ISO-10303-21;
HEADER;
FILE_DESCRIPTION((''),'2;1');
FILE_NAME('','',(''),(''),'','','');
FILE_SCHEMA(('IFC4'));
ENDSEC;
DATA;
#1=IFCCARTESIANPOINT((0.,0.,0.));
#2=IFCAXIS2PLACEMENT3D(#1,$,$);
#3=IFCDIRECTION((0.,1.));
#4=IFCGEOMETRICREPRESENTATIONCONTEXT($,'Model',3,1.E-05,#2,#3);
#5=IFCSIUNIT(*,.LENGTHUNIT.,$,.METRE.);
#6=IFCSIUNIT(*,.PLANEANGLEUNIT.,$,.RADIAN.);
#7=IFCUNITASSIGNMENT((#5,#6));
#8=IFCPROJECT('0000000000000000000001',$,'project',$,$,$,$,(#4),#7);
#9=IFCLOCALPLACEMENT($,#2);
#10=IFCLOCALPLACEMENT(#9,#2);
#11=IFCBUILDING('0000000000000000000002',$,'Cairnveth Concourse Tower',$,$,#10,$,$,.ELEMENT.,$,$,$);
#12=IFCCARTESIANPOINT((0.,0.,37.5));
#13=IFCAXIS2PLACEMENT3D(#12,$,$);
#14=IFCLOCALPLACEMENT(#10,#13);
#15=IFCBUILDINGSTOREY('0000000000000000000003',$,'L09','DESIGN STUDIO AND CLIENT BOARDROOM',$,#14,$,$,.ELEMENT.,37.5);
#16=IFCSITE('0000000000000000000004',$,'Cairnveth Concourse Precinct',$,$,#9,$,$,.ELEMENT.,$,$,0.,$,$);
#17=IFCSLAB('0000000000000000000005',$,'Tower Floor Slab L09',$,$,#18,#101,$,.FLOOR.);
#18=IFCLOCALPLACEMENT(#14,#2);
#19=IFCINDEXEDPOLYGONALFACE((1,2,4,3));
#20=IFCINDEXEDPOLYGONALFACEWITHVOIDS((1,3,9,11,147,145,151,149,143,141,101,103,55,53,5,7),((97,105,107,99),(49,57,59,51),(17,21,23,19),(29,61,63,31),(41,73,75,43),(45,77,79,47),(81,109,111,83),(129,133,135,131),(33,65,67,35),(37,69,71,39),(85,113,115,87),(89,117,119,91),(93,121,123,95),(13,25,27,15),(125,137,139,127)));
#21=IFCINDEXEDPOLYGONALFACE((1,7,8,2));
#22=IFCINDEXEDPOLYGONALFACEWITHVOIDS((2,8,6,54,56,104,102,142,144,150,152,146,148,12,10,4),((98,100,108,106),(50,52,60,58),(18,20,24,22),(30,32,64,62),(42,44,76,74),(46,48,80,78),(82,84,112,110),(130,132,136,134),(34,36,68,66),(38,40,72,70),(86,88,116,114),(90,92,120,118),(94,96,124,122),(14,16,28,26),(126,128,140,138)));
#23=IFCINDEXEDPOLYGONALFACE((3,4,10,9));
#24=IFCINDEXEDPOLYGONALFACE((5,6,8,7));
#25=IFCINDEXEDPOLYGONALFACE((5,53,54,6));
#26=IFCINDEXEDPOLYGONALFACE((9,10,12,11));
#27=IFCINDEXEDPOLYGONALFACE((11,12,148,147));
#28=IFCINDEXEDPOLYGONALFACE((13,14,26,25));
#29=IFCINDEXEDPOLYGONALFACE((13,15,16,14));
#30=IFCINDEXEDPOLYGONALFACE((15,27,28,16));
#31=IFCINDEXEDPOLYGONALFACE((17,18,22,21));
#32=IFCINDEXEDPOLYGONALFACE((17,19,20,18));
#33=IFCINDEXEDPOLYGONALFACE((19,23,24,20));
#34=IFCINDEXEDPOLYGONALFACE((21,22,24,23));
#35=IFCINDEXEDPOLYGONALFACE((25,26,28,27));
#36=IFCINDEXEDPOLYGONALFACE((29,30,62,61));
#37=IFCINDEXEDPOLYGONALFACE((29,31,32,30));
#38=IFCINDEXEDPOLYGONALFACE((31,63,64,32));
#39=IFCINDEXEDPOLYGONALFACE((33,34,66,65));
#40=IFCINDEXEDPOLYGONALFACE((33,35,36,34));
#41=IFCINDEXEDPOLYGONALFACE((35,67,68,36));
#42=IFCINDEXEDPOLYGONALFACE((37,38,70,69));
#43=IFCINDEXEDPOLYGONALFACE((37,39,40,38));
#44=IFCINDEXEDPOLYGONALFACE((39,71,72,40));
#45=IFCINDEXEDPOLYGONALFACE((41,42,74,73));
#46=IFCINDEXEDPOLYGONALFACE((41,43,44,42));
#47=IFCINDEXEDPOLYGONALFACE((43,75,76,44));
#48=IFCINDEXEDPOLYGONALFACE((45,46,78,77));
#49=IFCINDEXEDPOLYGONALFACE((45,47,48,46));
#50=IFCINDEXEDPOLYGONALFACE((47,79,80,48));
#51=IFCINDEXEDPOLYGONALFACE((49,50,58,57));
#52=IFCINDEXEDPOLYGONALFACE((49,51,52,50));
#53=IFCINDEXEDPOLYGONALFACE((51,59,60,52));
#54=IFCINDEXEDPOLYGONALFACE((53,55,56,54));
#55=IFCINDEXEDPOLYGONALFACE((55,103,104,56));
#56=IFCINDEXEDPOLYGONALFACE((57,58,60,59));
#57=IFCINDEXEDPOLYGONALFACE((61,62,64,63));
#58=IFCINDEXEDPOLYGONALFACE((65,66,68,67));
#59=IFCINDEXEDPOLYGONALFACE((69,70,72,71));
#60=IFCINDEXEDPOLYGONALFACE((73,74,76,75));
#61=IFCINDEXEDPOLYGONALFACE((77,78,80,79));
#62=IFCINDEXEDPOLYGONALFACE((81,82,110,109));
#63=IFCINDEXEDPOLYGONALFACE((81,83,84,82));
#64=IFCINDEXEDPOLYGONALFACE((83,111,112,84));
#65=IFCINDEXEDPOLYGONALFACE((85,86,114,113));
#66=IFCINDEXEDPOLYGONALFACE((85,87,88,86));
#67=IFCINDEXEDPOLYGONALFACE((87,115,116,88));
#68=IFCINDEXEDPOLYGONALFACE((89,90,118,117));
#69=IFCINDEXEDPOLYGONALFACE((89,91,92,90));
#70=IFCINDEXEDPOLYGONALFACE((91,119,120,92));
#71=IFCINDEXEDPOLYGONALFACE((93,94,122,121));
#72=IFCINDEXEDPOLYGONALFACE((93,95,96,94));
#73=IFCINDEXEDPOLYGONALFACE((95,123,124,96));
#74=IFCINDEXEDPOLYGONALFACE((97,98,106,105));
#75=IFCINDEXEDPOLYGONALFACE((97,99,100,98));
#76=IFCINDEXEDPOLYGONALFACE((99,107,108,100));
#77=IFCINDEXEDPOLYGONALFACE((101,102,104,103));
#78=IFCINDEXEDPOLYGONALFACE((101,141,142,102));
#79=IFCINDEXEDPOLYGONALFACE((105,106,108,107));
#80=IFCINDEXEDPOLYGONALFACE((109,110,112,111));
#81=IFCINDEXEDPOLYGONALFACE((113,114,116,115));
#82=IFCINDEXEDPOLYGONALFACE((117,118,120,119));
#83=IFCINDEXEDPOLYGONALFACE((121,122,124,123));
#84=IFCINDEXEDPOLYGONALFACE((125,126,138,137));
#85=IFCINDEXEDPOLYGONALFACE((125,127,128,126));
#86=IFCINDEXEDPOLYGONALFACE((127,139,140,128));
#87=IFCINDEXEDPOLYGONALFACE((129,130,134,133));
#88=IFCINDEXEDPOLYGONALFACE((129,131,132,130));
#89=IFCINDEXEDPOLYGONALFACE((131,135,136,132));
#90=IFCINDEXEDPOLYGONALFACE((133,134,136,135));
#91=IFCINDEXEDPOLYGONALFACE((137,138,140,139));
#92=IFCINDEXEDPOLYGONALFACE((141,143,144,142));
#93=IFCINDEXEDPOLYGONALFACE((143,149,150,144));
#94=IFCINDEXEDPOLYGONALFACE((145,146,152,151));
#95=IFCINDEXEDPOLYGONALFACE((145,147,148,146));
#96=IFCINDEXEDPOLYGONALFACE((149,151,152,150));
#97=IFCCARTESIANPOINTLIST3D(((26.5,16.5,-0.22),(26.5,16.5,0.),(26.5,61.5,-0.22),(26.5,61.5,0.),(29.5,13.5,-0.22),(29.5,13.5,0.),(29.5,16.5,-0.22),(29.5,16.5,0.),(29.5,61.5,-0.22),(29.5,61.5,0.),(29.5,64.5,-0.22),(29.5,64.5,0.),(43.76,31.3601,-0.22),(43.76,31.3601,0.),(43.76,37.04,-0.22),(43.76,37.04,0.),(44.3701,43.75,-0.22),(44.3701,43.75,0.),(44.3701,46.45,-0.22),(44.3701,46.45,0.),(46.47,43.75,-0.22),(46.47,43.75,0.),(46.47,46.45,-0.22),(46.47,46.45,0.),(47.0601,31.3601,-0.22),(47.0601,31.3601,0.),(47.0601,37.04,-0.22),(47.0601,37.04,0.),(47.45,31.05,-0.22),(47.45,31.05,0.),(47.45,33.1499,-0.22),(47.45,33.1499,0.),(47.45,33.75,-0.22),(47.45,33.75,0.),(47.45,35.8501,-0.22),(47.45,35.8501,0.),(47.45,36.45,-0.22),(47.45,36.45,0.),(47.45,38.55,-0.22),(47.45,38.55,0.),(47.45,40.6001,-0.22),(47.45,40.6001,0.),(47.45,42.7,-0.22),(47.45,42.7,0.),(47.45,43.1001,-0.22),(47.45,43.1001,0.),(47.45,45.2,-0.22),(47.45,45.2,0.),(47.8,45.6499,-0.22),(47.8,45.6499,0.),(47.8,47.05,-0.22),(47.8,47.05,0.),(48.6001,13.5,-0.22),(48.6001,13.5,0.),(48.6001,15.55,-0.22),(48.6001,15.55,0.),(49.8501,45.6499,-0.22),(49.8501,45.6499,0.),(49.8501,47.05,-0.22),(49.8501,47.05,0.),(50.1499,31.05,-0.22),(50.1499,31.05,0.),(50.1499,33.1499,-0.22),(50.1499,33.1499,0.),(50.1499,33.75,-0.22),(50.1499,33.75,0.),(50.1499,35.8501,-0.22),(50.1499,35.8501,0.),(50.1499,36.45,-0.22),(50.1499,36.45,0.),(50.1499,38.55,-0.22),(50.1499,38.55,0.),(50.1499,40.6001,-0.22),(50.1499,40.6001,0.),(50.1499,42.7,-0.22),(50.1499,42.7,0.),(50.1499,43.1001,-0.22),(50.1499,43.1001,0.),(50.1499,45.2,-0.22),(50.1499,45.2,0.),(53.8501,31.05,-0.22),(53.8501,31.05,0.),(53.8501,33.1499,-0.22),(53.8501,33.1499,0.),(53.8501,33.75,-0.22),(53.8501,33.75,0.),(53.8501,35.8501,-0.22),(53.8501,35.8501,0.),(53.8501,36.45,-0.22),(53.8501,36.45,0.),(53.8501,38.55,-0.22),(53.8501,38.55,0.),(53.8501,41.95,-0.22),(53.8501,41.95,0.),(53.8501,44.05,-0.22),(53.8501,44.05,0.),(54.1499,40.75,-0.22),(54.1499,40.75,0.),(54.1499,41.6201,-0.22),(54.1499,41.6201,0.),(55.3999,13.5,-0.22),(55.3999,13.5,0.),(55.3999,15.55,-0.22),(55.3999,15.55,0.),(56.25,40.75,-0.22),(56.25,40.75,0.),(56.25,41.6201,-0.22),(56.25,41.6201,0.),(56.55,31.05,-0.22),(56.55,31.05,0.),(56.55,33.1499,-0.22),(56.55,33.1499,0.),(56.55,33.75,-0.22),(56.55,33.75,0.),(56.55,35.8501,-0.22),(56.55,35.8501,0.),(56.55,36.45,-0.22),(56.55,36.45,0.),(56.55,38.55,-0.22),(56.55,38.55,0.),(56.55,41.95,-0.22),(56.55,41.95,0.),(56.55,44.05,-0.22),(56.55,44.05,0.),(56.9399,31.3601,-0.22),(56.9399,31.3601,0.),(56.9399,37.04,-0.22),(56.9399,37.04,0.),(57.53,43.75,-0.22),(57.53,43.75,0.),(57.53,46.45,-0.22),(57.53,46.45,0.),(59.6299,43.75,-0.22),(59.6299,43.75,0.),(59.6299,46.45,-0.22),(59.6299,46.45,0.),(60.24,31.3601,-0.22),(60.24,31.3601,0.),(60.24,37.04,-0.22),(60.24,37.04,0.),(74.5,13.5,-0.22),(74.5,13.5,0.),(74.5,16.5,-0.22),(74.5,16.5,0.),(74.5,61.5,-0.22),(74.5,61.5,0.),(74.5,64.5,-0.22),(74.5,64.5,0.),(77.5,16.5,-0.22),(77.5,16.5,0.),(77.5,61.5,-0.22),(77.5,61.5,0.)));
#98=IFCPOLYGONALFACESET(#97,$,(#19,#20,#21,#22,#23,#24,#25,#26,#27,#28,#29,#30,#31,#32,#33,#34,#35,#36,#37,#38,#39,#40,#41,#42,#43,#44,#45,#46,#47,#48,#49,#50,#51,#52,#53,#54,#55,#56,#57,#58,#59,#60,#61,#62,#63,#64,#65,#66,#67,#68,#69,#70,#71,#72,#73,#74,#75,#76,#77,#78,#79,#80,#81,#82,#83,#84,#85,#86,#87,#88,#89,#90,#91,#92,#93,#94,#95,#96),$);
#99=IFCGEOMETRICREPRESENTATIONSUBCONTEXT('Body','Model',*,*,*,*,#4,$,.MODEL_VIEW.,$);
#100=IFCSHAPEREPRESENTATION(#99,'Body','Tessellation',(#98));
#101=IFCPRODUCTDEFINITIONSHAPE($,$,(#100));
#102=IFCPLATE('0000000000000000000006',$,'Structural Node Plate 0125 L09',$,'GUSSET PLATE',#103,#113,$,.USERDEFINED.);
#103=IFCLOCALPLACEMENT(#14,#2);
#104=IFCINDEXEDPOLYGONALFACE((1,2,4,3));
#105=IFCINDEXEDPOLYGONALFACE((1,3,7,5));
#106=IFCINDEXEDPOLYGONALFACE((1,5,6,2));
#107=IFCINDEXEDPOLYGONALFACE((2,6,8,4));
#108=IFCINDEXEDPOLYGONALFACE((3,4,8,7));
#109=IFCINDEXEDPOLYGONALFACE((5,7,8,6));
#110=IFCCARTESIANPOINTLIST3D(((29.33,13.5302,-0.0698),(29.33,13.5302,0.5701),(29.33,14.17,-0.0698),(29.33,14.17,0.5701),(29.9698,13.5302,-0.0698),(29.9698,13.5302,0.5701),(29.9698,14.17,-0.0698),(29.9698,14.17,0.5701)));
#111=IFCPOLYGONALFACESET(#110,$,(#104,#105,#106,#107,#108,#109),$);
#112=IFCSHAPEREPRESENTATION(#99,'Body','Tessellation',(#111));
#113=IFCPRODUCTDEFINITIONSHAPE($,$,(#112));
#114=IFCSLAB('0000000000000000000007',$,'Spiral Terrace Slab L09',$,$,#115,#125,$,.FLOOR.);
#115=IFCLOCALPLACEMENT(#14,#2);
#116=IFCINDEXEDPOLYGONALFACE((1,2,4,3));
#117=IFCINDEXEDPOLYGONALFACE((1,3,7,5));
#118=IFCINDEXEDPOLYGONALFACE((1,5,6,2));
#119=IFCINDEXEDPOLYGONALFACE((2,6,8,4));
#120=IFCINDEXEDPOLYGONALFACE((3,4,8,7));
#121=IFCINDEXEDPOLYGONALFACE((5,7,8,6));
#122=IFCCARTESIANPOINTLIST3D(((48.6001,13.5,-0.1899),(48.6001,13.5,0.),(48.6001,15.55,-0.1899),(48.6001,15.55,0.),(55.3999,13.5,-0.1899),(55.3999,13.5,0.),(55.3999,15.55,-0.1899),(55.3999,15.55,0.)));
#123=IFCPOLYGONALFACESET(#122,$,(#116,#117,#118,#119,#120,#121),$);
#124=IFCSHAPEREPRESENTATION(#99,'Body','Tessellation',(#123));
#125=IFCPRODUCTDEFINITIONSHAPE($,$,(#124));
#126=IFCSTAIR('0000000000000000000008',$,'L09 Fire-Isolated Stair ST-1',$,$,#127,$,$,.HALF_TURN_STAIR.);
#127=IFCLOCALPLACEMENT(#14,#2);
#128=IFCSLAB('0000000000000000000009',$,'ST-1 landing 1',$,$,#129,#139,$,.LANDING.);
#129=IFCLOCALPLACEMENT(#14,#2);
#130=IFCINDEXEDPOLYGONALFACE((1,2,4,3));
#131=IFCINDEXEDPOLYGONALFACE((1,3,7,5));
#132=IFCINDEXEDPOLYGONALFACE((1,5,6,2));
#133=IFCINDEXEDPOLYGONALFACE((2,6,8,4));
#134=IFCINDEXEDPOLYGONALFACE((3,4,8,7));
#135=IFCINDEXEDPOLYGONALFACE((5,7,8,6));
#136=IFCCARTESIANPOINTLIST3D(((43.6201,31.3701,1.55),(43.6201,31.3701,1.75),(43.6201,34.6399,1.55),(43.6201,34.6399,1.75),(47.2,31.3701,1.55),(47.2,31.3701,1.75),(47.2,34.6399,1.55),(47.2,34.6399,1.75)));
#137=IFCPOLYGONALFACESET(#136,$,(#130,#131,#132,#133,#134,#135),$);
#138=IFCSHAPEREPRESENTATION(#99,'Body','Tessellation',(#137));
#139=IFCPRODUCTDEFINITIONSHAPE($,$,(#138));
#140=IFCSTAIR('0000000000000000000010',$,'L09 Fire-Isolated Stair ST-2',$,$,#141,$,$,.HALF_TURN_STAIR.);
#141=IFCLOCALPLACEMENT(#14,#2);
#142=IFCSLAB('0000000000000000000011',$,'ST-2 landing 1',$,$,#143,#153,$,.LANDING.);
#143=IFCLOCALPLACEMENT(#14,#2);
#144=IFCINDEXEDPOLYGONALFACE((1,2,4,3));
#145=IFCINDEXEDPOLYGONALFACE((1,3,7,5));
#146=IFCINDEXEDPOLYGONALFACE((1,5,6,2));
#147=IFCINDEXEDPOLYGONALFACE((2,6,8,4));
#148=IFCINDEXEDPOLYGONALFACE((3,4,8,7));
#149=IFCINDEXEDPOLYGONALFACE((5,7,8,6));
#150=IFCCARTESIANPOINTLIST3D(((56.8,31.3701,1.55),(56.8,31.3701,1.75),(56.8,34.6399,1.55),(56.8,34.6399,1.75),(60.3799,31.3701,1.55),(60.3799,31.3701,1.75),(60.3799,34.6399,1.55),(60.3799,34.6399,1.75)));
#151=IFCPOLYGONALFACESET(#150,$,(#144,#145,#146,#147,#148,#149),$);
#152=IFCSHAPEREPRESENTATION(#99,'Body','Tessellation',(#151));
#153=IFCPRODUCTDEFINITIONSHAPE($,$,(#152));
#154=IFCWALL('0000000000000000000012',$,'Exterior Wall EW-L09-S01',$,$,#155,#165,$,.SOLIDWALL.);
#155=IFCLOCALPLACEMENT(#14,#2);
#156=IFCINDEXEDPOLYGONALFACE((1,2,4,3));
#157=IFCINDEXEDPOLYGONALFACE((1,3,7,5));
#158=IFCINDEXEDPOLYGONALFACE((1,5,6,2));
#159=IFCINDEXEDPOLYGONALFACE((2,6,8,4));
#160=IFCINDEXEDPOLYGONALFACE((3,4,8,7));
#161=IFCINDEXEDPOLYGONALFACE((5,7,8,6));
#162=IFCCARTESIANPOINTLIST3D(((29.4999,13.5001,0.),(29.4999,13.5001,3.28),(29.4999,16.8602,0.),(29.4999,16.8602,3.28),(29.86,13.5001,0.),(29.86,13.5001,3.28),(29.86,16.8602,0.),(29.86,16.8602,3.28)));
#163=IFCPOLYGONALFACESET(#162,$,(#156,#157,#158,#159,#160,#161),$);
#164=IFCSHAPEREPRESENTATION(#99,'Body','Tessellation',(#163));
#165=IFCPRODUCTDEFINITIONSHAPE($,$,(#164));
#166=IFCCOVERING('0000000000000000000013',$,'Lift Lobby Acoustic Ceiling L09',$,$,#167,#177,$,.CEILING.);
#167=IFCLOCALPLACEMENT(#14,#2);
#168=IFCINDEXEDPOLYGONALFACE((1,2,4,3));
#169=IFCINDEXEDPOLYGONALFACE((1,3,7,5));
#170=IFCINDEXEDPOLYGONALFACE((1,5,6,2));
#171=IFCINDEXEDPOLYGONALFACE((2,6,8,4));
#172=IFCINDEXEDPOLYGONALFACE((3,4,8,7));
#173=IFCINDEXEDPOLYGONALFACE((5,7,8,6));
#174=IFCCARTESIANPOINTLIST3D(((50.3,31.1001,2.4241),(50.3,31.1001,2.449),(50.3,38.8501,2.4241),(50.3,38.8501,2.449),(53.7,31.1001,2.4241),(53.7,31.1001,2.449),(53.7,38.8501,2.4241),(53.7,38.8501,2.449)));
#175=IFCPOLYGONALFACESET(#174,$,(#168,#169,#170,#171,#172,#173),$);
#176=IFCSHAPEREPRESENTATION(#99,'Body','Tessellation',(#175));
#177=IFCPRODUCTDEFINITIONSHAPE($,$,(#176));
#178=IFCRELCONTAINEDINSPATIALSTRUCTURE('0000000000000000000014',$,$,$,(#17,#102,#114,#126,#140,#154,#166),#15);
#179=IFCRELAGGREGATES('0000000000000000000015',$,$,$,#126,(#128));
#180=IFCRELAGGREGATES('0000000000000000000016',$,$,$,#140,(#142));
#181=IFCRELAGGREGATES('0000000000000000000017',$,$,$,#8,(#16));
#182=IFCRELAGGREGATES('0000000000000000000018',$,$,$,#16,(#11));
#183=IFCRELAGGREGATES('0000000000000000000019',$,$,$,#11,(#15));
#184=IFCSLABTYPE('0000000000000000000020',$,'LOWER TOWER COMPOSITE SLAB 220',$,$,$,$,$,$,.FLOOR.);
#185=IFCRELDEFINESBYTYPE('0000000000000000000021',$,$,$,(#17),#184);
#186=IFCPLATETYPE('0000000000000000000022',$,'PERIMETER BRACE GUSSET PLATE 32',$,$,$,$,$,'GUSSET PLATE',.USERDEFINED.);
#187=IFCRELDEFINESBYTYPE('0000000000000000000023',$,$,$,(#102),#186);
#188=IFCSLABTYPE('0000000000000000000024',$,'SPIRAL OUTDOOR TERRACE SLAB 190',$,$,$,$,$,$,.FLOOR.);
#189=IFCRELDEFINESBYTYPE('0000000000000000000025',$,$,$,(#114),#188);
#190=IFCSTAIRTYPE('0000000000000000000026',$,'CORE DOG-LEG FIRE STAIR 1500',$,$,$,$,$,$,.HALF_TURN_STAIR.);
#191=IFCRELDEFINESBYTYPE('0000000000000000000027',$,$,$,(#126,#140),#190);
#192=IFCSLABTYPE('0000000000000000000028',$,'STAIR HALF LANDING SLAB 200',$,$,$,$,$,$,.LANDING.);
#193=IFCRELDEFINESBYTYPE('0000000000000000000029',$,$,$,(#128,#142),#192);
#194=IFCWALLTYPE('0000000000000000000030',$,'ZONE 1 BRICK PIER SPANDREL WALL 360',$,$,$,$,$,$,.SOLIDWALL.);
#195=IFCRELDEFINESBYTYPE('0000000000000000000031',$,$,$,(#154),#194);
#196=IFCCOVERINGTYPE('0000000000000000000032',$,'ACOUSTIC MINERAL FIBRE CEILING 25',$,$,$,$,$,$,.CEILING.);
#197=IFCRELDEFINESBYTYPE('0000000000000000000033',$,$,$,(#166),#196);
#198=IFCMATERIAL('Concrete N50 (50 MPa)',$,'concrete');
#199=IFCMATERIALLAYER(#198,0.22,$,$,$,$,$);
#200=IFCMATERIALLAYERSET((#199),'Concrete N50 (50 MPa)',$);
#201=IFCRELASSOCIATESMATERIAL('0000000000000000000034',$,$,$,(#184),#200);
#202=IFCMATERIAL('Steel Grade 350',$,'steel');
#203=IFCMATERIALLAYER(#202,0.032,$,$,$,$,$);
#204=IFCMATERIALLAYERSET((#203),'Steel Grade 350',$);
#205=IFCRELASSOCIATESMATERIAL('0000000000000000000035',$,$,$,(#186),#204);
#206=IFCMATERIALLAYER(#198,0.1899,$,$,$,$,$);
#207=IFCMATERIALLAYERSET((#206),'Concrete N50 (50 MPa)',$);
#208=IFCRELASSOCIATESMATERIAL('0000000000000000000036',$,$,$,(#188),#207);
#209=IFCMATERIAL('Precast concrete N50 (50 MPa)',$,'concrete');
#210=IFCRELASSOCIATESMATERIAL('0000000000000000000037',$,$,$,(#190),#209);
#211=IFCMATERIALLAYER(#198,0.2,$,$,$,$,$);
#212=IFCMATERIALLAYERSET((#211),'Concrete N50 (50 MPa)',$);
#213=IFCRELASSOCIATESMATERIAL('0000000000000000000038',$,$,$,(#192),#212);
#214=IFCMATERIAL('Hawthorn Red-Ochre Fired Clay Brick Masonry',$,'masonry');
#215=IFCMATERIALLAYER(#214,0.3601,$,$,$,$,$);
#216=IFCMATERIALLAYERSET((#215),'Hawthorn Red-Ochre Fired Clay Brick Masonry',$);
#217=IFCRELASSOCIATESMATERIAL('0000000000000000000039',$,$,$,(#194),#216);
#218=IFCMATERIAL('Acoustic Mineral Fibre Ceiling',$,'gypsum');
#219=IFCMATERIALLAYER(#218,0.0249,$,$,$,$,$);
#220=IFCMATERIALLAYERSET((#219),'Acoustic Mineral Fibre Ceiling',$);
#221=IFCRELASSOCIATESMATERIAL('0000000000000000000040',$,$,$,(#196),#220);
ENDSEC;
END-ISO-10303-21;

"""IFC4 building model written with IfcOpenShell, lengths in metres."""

from ifc_helpers import new_model, si_unit, direction, frame, frame_2d, origin, origin_2d, place, context, subcontext, project, spatial, polyline, rectangle, outline, extrude, material, layer, layer_set, type_object, element, aggregate, save


model = new_model("IFC4")

# Units and contexts
model_context = context("Model", 3, precision=1e-05, world=origin(), true_north=direction((0.0, 1.0)))
body_context = subcontext(model_context, "Body", "Model", "MODEL_VIEW")
ifc_project = project(units=[si_unit("LENGTHUNIT", "METRE"), si_unit("PLANEANGLEUNIT", "RADIAN")], contexts=[model_context])

# Site, building, storey
site_placement = place(None, origin())
site = spatial("IfcSite", under=ifc_project, at=site_placement, Name="Cairnveth Concourse Precinct", CompositionType="ELEMENT", RefElevation=0.0)
building_placement = place(site_placement, origin())
building = spatial("IfcBuilding", under=site, at=building_placement, Name="Cairnveth Concourse Tower", CompositionType="ELEMENT")
storey_placement = place(building_placement, frame((0.0, 0.0, 37.5)))
storey = spatial("IfcBuildingStorey", under=building, at=storey_placement, Name="L09", Description="DESIGN STUDIO AND CLIENT BOARDROOM", CompositionType="ELEMENT", Elevation=37.5)

# Shared definitions
ifc_material_1 = material(Name="Steel Grade 350", Category="steel")

# Slab
ifc_material_2 = material(Name="Concrete N50 (50 MPa)", Category="concrete")
ifc_layer_1 = layer(ifc_material_2, 0.22)
ifc_layer_set_1 = layer_set([ifc_layer_1], Name="Concrete N50 (50 MPa)")
slab_type_1 = type_object("IfcSlabType", Name="LOWER TOWER COMPOSITE SLAB 220", PredefinedType="FLOOR", material=ifc_layer_set_1)
slab_1_placement = place(storey_placement, frame((0.0, 0.0, -0.22)))
element("IfcSlab", 1, at=slab_1_placement, inside=storey, type_object=slab_type_1, Name="Tower Floor Slab L09", PredefinedType="FLOOR", context=body_context, shape_type="SweptSolid", body=[
    extrude(outline(polyline([(48.6001, 13.5), (48.6001, 15.55), (55.3999, 15.55), (55.3999, 13.5), (74.5, 13.5), (74.5, 16.5), (77.5, 16.5), (77.5, 61.5), (74.5, 61.5), (74.5, 64.5), (29.5, 64.5), (29.5, 61.5), (26.5, 61.5), (26.5, 16.5), (29.5, 16.5), (29.5, 13.5), (48.6001, 13.5)]), holes=[polyline([(43.76, 31.3601), (47.0601, 31.3601), (47.0601, 37.04), (43.76, 37.04), (43.76, 31.3601)]), polyline([(56.9399, 31.3601), (60.24, 31.3601), (60.24, 37.04), (56.9399, 37.04), (56.9399, 31.3601)]), polyline([(44.3701, 43.75), (46.47, 43.75), (46.47, 46.45), (44.3701, 46.45), (44.3701, 43.75)]), polyline([(57.53, 43.75), (59.6299, 43.75), (59.6299, 46.45), (57.53, 46.45), (57.53, 43.75)]), polyline([(47.45, 31.05), (50.1499, 31.05), (50.1499, 33.1499), (47.45, 33.1499), (47.45, 31.05)]), polyline([(47.45, 33.75), (50.1499, 33.75), (50.1499, 35.8501), (47.45, 35.8501), (47.45, 33.75)]), polyline([(47.45, 36.45), (50.1499, 36.45), (50.1499, 38.55), (47.45, 38.55), (47.45, 36.45)]), polyline([(53.8501, 31.05), (56.55, 31.05), (56.55, 33.1499), (53.8501, 33.1499), (53.8501, 31.05)]), polyline([(53.8501, 33.75), (56.55, 33.75), (56.55, 35.8501), (53.8501, 35.8501), (53.8501, 33.75)]), polyline([(53.8501, 36.45), (56.55, 36.45), (56.55, 38.55), (53.8501, 38.55), (53.8501, 36.45)]), polyline([(47.45, 40.6001), (50.1499, 40.6001), (50.1499, 42.7), (47.45, 42.7), (47.45, 40.6001)]), polyline([(47.45, 43.1001), (50.1499, 43.1001), (50.1499, 45.2), (47.45, 45.2), (47.45, 43.1001)]), polyline([(53.8501, 41.95), (56.55, 41.95), (56.55, 44.05), (53.8501, 44.05), (53.8501, 41.95)]), polyline([(47.8, 45.6499), (49.8501, 45.6499), (49.8501, 47.05), (47.8, 47.05), (47.8, 45.6499)]), polyline([(54.1499, 40.75), (56.25, 40.75), (56.25, 41.6201), (54.1499, 41.6201), (54.1499, 40.75)])]), origin(), (0.0, 0.0, 1.0), 0.22),
])

# Plate
ifc_layer_2 = layer(ifc_material_1, 0.032)
ifc_layer_set_2 = layer_set([ifc_layer_2], Name="Steel Grade 350")
plate_type = type_object("IfcPlateType", Name="PERIMETER BRACE GUSSET PLATE 32", ElementType="GUSSET PLATE", PredefinedType="USERDEFINED", material=ifc_layer_set_2)
plate_placement = place(storey_placement, frame((29.6499, 13.8501, -0.0698), z_axis=(0.0, 0.0, 1.0), x_axis=(1.0, 0.0, 0.0)))
element("IfcPlate", 2, at=plate_placement, inside=storey, type_object=plate_type, Name="Structural Node Plate 0125 L09", ObjectType="GUSSET PLATE", PredefinedType="USERDEFINED", context=body_context, shape_type="SweptSolid", body=[
    extrude(rectangle(XDim=0.6399, YDim=0.6399, at=origin_2d()), origin(), (0.0, 0.0, 1.0), 0.6399),
])

# Slab
ifc_layer_3 = layer(ifc_material_2, 0.1899)
ifc_layer_set_3 = layer_set([ifc_layer_3], Name="Concrete N50 (50 MPa)")
slab_type_2 = type_object("IfcSlabType", Name="SPIRAL OUTDOOR TERRACE SLAB 190", PredefinedType="FLOOR", material=ifc_layer_set_3)
slab_2_placement = place(storey_placement, frame((0.0, 0.0, -0.1899)))
element("IfcSlab", 3, at=slab_2_placement, inside=storey, type_object=slab_type_2, Name="Spiral Terrace Slab L09", PredefinedType="FLOOR", context=body_context, shape_type="SweptSolid", body=[
    extrude(outline(polyline([(48.6001, 13.5), (55.3999, 13.5), (55.3999, 15.55), (48.6001, 15.55), (48.6001, 13.5)])), origin(), (0.0, 0.0, 1.0), 0.1899),
])

# Stairs, slabs
ifc_material_3 = material(Name="Precast concrete N50 (50 MPa)", Category="concrete")
stair_type = type_object("IfcStairType", Name="CORE DOG-LEG FIRE STAIR 1500", PredefinedType="HALF_TURN_STAIR", material=ifc_material_3)
stair_1_placement = place(storey_placement, origin())
stair_1 = element("IfcStair", 4, at=stair_1_placement, inside=storey, type_object=stair_type, Name="L09 Fire-Isolated Stair ST-1", PredefinedType="HALF_TURN_STAIR")
ifc_layer_4 = layer(ifc_material_2, 0.2)
ifc_layer_set_4 = layer_set([ifc_layer_4], Name="Concrete N50 (50 MPa)")
slab_type_3 = type_object("IfcSlabType", Name="STAIR HALF LANDING SLAB 200", PredefinedType="LANDING", material=ifc_layer_set_4)
slab_3_placement = place(storey_placement, frame((0.0, 0.0, 1.55)))
slab_3 = element("IfcSlab", 5, at=slab_3_placement, type_object=slab_type_3, Name="ST-1 landing 1", PredefinedType="LANDING", context=body_context, shape_type="SweptSolid", body=[
    extrude(outline(polyline([(43.6201, 34.6399), (43.6201, 31.3701), (47.2, 31.3701), (47.2, 34.6399), (43.6201, 34.6399)])), origin(), (0.0, 0.0, 1.0), 0.2),
])
aggregate(stair_1, [slab_3])
stair_2_placement = place(storey_placement, origin())
stair_2 = element("IfcStair", 6, at=stair_2_placement, inside=storey, type_object=stair_type, Name="L09 Fire-Isolated Stair ST-2", PredefinedType="HALF_TURN_STAIR")
slab_4_placement = place(storey_placement, frame((0.0, 0.0, 1.55)))
slab_4 = element("IfcSlab", 7, at=slab_4_placement, type_object=slab_type_3, Name="ST-2 landing 1", PredefinedType="LANDING", context=body_context, shape_type="SweptSolid", body=[
    extrude(outline(polyline([(56.8, 34.6399), (56.8, 31.3701), (60.3799, 31.3701), (60.3799, 34.6399), (56.8, 34.6399)])), origin(), (0.0, 0.0, 1.0), 0.2),
])
aggregate(stair_2, [slab_4])

# Wall
ifc_material_4 = material(Name="Hawthorn Red-Ochre Fired Clay Brick Masonry", Category="masonry")
ifc_layer_5 = layer(ifc_material_4, 0.3601)
ifc_layer_set_5 = layer_set([ifc_layer_5], Name="Hawthorn Red-Ochre Fired Clay Brick Masonry")
wall_type = type_object("IfcWallType", Name="ZONE 1 BRICK PIER SPANDREL WALL 360", PredefinedType="SOLIDWALL", material=ifc_layer_set_5)
wall_1_placement = place(storey_placement, frame((29.6799, 13.5, 0.0), z_axis=(0.0, 0.0, 1.0), x_axis=(0.0, 1.0, 0.0)))
element("IfcWall", 8, at=wall_1_placement, inside=storey, type_object=wall_type, Name="Exterior Wall EW-L09-S01", PredefinedType="SOLIDWALL", context=body_context, shape_type="SweptSolid", body=[
    extrude(rectangle(XDim=3.3601, YDim=0.3601, at=frame_2d((1.6802, 0.0))), origin(), (0.0, 0.0, 1.0), 3.28),
])

# Covering
ifc_material_5 = material(Name="Acoustic Mineral Fibre Ceiling", Category="gypsum")
ifc_layer_6 = layer(ifc_material_5, 0.0249)
ifc_layer_set_6 = layer_set([ifc_layer_6], Name="Acoustic Mineral Fibre Ceiling")
covering_type_1 = type_object("IfcCoveringType", Name="ACOUSTIC MINERAL FIBRE CEILING 25", PredefinedType="CEILING", material=ifc_layer_set_6)
covering_1_placement = place(storey_placement, frame((0.0, 0.0, 2.4241)))
element("IfcCovering", 9, at=covering_1_placement, inside=storey, type_object=covering_type_1, Name="Lift Lobby Acoustic Ceiling L09", PredefinedType="CEILING", context=body_context, shape_type="SweptSolid", body=[
    extrude(outline(polyline([(50.3, 31.1001), (53.7, 31.1001), (53.7, 38.8501), (50.3, 38.8501), (50.3, 31.1001)])), origin(), (0.0, 0.0, 1.0), 0.0249),
])

save(model, "model.ifc")
